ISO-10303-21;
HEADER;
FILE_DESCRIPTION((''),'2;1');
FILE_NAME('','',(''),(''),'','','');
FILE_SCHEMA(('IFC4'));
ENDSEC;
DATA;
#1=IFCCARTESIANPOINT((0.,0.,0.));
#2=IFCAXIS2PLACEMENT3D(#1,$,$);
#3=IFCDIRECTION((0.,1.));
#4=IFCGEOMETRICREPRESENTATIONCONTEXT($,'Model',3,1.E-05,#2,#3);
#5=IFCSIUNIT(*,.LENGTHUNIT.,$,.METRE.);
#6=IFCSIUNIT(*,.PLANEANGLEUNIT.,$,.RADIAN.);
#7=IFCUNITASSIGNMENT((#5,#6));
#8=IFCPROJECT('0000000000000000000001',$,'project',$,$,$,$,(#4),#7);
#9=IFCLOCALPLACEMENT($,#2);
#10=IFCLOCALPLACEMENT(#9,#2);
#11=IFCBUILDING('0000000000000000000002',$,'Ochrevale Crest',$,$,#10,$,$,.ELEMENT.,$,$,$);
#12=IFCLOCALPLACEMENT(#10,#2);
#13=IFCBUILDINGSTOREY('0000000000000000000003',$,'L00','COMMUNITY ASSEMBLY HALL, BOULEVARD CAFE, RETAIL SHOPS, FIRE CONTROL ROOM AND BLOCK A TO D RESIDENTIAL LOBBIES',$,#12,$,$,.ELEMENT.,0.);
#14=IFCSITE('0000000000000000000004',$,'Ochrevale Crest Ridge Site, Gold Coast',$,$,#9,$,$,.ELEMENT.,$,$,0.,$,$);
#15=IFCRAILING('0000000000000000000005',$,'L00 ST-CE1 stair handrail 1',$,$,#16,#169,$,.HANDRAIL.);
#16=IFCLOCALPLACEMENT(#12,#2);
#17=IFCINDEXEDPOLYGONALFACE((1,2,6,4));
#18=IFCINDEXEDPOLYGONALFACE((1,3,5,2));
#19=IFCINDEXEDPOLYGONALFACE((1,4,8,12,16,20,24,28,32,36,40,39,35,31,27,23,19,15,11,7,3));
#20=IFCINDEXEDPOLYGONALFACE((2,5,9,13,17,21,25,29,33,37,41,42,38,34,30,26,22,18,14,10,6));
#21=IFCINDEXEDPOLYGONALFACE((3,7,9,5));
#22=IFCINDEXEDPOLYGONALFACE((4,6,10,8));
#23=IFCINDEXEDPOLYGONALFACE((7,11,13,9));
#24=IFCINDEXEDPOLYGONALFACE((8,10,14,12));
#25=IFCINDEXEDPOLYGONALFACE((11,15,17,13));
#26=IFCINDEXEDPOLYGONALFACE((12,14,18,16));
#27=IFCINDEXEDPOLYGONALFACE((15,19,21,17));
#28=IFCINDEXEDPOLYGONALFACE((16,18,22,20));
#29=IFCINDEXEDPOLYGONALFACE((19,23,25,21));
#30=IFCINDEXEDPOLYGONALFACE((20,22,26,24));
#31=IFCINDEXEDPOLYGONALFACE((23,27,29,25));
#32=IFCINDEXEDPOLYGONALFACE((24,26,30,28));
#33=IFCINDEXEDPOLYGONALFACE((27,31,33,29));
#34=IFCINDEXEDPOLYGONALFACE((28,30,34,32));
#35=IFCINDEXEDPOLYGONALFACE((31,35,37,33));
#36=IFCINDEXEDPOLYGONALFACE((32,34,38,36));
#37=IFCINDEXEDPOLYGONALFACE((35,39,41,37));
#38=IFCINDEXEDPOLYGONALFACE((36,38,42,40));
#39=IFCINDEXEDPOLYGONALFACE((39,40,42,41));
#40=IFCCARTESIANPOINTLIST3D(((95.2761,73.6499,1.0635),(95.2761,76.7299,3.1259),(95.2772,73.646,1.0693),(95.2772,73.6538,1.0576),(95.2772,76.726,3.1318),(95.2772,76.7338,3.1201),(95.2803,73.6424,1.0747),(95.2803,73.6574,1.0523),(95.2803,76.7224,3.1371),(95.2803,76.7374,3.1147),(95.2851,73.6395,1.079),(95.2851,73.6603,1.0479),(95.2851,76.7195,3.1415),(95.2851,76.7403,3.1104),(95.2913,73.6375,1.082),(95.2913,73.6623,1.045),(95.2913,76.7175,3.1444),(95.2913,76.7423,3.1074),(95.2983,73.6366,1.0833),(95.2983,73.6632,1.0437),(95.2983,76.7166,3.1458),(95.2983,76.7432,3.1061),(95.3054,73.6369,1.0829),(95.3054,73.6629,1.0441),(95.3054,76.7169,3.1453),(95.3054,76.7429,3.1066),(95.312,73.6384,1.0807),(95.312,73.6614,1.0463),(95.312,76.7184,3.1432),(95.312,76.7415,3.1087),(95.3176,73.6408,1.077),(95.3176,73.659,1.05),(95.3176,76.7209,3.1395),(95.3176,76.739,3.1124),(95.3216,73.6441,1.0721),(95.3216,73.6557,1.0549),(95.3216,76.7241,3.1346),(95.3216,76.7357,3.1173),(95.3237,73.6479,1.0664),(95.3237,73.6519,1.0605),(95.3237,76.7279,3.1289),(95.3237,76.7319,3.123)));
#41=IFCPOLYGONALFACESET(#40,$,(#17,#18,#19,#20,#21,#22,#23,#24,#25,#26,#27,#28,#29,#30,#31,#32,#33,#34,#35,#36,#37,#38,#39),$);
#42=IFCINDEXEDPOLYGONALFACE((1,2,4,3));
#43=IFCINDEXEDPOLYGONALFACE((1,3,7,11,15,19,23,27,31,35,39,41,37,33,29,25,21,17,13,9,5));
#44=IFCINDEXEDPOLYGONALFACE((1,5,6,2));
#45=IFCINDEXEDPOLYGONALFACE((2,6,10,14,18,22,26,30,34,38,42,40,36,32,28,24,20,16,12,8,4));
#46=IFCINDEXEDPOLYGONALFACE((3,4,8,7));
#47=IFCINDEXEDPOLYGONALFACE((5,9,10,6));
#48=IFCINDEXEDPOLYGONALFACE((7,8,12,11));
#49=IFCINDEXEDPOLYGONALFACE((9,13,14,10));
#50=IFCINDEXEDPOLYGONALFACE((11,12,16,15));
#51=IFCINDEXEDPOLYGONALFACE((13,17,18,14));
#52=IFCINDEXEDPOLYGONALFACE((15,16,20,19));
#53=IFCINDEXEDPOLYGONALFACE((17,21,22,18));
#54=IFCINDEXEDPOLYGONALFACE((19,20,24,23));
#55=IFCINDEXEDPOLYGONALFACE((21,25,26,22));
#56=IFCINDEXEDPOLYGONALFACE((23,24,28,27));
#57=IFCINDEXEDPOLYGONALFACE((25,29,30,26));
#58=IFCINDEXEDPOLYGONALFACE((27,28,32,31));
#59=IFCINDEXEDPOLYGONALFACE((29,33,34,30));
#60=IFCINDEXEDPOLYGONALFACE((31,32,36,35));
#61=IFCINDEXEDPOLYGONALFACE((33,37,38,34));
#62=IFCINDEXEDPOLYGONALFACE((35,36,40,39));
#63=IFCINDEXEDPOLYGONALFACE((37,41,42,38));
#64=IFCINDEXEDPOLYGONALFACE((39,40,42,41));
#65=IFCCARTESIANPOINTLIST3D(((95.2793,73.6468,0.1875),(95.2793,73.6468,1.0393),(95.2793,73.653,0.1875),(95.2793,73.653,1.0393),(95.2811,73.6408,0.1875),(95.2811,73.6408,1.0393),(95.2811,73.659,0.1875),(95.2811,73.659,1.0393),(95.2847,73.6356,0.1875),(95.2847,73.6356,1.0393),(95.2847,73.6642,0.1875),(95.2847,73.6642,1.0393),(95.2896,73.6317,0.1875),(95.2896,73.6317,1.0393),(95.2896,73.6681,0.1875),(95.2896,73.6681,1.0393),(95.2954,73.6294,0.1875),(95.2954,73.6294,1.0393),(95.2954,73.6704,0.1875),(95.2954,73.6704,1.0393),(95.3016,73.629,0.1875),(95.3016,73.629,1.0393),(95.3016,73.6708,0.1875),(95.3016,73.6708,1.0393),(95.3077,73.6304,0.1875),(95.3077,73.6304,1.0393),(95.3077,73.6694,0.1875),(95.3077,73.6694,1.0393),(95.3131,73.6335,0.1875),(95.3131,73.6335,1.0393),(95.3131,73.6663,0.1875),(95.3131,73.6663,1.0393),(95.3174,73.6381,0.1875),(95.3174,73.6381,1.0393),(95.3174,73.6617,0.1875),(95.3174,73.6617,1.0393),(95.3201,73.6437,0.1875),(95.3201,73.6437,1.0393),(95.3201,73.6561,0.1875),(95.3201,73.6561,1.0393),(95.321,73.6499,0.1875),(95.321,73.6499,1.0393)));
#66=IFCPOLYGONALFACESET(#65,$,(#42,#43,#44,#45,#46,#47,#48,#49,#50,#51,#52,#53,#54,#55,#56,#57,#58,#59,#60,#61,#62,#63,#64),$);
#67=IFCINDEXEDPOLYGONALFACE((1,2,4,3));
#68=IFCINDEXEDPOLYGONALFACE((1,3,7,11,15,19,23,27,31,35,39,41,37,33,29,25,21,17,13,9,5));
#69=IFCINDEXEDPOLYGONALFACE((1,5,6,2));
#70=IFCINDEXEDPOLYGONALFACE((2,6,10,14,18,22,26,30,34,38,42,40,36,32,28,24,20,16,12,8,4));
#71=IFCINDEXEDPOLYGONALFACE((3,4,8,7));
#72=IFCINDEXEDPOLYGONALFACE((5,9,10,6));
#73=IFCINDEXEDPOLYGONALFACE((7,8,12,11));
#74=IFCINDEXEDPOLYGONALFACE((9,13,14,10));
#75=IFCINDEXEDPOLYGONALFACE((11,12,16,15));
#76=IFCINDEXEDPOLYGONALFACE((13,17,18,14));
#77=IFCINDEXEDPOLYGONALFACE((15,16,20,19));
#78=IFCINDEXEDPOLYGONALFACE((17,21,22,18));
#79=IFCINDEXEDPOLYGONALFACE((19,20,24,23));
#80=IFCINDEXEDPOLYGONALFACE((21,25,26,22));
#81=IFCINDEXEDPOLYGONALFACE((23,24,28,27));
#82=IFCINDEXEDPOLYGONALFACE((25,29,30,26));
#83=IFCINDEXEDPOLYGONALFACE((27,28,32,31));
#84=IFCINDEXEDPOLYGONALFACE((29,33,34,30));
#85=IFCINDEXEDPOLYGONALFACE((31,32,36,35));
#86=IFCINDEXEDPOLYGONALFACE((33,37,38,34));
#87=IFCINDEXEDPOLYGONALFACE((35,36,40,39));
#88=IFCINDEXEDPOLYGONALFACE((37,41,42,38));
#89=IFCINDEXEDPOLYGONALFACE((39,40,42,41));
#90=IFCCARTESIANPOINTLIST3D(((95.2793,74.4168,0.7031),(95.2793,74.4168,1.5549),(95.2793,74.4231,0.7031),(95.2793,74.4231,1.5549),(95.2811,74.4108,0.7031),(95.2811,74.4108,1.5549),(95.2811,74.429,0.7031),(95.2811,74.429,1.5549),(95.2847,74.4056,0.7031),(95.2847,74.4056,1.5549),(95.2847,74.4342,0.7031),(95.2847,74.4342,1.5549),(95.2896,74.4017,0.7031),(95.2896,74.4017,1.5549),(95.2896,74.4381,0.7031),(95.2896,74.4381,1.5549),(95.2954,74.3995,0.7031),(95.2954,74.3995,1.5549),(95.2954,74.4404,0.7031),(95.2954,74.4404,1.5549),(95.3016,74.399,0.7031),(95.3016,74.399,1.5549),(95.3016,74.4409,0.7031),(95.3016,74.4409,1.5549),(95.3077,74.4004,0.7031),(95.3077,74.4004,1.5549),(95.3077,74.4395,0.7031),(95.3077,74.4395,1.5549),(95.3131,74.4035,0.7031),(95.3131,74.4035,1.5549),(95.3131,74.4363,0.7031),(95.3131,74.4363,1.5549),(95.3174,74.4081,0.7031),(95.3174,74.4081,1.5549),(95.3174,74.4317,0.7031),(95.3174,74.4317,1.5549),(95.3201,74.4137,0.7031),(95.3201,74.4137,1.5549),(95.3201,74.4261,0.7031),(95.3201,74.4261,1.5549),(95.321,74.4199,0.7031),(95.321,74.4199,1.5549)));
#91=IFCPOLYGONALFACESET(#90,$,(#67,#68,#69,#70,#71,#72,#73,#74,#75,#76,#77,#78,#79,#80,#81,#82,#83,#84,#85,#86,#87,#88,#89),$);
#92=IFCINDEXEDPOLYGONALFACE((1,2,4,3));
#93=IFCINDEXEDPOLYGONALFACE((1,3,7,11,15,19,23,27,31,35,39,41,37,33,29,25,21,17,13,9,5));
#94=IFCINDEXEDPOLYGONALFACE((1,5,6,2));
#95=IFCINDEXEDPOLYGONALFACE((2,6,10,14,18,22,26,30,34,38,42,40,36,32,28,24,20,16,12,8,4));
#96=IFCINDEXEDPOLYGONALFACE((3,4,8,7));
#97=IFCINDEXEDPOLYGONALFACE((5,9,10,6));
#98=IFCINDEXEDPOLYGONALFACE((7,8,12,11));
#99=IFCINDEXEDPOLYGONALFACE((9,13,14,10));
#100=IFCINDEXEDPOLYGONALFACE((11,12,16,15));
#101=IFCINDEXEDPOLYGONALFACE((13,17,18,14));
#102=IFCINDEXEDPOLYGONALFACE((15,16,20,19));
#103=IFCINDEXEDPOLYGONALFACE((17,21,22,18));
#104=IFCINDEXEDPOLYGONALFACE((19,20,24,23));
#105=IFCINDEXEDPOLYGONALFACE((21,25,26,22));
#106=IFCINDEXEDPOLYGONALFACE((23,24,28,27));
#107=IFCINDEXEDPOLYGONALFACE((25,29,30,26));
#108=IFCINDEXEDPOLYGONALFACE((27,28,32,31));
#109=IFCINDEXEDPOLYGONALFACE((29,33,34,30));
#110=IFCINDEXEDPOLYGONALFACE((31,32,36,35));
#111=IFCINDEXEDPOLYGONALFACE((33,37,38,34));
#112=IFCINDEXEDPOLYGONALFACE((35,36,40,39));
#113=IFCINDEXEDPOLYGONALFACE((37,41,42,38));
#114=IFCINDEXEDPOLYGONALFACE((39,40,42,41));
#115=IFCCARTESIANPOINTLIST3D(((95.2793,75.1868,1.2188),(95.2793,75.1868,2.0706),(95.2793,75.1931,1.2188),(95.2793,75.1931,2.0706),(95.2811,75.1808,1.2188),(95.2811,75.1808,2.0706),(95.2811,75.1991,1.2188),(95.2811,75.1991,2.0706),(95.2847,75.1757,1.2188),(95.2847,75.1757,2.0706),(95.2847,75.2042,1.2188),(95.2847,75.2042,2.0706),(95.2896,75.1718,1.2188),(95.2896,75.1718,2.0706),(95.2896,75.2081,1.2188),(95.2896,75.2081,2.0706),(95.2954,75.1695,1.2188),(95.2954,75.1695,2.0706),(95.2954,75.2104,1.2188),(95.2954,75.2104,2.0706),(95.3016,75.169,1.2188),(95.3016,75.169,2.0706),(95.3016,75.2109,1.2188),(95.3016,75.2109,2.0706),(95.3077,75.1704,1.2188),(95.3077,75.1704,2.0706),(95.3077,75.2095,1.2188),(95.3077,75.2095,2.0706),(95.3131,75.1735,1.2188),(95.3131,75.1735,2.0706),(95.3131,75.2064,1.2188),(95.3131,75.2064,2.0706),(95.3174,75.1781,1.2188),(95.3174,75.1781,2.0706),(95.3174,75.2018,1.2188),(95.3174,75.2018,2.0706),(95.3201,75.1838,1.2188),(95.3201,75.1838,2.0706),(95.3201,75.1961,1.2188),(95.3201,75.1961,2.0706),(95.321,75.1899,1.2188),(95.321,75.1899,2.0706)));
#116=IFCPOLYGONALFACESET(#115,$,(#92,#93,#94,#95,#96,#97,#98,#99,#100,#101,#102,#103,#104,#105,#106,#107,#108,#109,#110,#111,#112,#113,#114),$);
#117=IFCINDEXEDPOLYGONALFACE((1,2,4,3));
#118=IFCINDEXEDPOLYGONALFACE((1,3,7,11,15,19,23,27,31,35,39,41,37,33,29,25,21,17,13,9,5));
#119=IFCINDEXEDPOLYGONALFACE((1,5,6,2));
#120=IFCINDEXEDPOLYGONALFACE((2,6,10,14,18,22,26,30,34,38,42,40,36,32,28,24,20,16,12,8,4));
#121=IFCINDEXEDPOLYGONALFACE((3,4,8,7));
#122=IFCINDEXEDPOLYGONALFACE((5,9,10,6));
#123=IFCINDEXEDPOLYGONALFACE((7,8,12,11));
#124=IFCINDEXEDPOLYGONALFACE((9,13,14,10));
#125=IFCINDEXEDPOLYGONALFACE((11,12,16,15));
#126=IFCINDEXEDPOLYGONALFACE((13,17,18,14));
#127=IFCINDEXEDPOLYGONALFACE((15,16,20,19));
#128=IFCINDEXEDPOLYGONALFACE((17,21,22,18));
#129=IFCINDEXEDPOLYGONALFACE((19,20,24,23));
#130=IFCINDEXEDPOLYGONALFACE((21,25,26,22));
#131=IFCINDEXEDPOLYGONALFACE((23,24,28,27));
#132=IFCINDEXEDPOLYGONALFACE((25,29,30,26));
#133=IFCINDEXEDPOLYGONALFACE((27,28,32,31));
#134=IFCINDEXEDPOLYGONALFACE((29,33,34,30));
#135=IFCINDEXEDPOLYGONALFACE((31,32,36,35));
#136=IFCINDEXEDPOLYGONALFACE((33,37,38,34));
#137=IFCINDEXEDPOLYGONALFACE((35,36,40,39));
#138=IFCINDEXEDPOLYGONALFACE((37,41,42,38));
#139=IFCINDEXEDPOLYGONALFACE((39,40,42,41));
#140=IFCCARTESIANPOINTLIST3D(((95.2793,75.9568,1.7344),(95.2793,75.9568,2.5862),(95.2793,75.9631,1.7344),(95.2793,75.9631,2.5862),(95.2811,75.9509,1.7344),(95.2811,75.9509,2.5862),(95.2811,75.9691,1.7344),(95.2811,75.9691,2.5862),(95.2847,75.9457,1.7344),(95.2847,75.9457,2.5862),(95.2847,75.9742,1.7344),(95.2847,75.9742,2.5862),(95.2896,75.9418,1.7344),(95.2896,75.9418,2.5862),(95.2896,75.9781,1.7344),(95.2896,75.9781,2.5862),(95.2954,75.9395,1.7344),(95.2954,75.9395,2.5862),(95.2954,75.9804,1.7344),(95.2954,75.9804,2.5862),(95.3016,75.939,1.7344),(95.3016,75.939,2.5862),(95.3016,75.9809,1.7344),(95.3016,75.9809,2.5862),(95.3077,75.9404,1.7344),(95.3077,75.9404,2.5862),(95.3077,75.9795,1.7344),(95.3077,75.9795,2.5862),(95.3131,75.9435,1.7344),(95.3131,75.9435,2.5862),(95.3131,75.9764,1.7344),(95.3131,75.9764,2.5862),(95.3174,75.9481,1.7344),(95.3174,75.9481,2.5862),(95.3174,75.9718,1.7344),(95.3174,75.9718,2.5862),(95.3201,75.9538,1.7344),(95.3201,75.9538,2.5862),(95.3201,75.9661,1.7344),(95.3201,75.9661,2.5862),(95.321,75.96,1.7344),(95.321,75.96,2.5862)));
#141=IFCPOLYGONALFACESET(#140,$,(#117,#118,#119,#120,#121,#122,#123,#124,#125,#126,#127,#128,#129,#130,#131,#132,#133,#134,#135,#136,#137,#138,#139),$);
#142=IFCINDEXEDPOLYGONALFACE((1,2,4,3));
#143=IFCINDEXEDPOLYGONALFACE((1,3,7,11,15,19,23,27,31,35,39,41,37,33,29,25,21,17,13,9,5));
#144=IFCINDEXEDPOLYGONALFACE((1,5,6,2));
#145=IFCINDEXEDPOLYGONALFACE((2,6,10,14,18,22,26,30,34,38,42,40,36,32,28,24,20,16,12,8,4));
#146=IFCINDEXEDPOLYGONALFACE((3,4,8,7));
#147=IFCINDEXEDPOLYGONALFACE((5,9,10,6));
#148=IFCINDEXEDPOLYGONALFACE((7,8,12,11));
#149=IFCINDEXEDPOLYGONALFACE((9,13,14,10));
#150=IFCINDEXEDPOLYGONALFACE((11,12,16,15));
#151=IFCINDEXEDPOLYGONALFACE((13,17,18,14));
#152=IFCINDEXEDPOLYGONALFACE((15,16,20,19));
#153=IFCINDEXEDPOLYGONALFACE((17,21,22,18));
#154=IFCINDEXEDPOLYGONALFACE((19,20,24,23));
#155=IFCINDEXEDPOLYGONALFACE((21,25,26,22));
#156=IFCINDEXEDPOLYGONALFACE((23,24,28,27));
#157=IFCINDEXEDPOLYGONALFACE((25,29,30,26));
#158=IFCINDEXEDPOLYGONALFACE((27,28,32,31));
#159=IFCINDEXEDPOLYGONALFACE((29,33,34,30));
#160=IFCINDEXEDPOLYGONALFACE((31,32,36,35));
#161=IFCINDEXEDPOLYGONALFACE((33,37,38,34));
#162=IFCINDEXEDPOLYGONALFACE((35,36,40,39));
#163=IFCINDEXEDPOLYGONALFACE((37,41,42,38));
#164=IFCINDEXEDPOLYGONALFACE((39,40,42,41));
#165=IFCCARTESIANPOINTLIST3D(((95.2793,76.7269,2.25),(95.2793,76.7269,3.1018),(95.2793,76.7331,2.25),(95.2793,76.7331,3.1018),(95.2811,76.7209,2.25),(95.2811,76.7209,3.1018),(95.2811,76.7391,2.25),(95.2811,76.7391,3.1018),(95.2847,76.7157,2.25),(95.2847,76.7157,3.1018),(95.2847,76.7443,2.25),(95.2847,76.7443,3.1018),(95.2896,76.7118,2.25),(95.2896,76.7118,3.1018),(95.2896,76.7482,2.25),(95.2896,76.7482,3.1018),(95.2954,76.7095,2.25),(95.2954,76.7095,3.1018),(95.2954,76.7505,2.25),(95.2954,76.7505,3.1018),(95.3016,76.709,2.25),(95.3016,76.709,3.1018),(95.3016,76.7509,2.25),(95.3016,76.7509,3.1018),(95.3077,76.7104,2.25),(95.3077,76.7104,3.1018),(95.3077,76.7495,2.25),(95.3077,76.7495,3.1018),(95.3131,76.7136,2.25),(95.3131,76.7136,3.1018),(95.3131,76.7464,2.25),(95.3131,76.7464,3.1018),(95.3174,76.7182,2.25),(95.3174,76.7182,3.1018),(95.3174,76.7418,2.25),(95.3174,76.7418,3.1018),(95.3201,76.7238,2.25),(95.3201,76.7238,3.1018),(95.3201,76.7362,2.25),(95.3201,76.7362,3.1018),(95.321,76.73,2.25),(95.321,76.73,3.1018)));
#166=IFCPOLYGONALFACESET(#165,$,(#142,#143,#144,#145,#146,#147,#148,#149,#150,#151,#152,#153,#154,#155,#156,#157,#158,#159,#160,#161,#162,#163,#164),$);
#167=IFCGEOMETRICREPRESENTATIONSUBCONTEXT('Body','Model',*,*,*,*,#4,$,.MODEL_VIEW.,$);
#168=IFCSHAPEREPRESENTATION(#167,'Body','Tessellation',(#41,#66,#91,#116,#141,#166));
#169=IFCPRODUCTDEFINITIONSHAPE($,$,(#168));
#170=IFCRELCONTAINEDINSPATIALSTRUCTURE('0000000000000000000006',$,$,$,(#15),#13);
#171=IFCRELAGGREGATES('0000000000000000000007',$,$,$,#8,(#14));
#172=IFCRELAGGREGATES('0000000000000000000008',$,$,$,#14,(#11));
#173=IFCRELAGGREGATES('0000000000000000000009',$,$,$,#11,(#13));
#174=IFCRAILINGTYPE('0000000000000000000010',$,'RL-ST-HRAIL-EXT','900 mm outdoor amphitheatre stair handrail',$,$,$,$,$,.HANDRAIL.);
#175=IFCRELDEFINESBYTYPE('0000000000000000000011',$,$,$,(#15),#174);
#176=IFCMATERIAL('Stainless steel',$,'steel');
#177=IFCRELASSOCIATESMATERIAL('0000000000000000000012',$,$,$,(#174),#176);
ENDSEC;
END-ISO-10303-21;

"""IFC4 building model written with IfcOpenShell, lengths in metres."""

from ifc_helpers import new_model, si_unit, direction, frame, origin, origin_2d, place, context, subcontext, project, spatial, circle, extrude, material, type_object, element, save


model = new_model("IFC4")

# Units and contexts
model_context = context("Model", 3, precision=1e-05, world=origin(), true_north=direction((0.0, 1.0)))
body_context = subcontext(model_context, "Body", "Model", "MODEL_VIEW")
ifc_project = project(units=[si_unit("LENGTHUNIT", "METRE"), si_unit("PLANEANGLEUNIT", "RADIAN")], contexts=[model_context])

# Site, building, storey
site_placement = place(None, origin())
site = spatial("IfcSite", under=ifc_project, at=site_placement, Name="Ochrevale Crest Ridge Site, Gold Coast", CompositionType="ELEMENT", RefElevation=0.0)
building_placement = place(site_placement, origin())
building = spatial("IfcBuilding", under=site, at=building_placement, Name="Ochrevale Crest", CompositionType="ELEMENT")
storey_placement = place(building_placement, origin())
storey = spatial("IfcBuildingStorey", under=building, at=storey_placement, Name="L00", Description="COMMUNITY ASSEMBLY HALL, BOULEVARD CAFE, RETAIL SHOPS, FIRE CONTROL ROOM AND BLOCK A TO D RESIDENTIAL LOBBIES", CompositionType="ELEMENT", Elevation=0.0)

# Railing
ifc_material_1 = material(Name="Stainless steel", Category="steel")
railing_type_1 = type_object("IfcRailingType", Name="RL-ST-HRAIL-EXT", Description="900 mm outdoor amphitheatre stair handrail", PredefinedType="HANDRAIL", material=ifc_material_1)
railing_1_placement = place(storey_placement, frame((95.3, 73.6499, 0.1875)))
element("IfcRailing", 1, at=railing_1_placement, inside=storey, type_object=railing_type_1, Name="L00 ST-CE1 stair handrail 1", PredefinedType="HANDRAIL", context=body_context, shape_type="SweptSolid", body=[
    extrude(circle(Radius=0.0239, at=origin_2d()), frame((0.0, 0.0, 0.876), z_axis=(0.0, 0.830914, 0.556401), x_axis=(-1.0, 0.0, 0.0)), (0.0, 0.0, 1.0), 3.7068),
    extrude(circle(Radius=0.021, at=origin_2d()), origin(), (0.0, 0.0, 1.0), 0.8518),
    extrude(circle(Radius=0.021, at=origin_2d()), frame((0.0, 0.77, 0.5156)), (0.0, 0.0, 1.0), 0.8518),
    extrude(circle(Radius=0.021, at=origin_2d()), frame((0.0, 1.54, 1.0312)), (0.0, 0.0, 1.0), 0.8518),
    extrude(circle(Radius=0.021, at=origin_2d()), frame((0.0, 2.3101, 1.5469)), (0.0, 0.0, 1.0), 0.8518),
    extrude(circle(Radius=0.021, at=origin_2d()), frame((0.0, 3.0801, 2.0625)), (0.0, 0.0, 1.0), 0.8518),
])

save(model, "model.ifc")
